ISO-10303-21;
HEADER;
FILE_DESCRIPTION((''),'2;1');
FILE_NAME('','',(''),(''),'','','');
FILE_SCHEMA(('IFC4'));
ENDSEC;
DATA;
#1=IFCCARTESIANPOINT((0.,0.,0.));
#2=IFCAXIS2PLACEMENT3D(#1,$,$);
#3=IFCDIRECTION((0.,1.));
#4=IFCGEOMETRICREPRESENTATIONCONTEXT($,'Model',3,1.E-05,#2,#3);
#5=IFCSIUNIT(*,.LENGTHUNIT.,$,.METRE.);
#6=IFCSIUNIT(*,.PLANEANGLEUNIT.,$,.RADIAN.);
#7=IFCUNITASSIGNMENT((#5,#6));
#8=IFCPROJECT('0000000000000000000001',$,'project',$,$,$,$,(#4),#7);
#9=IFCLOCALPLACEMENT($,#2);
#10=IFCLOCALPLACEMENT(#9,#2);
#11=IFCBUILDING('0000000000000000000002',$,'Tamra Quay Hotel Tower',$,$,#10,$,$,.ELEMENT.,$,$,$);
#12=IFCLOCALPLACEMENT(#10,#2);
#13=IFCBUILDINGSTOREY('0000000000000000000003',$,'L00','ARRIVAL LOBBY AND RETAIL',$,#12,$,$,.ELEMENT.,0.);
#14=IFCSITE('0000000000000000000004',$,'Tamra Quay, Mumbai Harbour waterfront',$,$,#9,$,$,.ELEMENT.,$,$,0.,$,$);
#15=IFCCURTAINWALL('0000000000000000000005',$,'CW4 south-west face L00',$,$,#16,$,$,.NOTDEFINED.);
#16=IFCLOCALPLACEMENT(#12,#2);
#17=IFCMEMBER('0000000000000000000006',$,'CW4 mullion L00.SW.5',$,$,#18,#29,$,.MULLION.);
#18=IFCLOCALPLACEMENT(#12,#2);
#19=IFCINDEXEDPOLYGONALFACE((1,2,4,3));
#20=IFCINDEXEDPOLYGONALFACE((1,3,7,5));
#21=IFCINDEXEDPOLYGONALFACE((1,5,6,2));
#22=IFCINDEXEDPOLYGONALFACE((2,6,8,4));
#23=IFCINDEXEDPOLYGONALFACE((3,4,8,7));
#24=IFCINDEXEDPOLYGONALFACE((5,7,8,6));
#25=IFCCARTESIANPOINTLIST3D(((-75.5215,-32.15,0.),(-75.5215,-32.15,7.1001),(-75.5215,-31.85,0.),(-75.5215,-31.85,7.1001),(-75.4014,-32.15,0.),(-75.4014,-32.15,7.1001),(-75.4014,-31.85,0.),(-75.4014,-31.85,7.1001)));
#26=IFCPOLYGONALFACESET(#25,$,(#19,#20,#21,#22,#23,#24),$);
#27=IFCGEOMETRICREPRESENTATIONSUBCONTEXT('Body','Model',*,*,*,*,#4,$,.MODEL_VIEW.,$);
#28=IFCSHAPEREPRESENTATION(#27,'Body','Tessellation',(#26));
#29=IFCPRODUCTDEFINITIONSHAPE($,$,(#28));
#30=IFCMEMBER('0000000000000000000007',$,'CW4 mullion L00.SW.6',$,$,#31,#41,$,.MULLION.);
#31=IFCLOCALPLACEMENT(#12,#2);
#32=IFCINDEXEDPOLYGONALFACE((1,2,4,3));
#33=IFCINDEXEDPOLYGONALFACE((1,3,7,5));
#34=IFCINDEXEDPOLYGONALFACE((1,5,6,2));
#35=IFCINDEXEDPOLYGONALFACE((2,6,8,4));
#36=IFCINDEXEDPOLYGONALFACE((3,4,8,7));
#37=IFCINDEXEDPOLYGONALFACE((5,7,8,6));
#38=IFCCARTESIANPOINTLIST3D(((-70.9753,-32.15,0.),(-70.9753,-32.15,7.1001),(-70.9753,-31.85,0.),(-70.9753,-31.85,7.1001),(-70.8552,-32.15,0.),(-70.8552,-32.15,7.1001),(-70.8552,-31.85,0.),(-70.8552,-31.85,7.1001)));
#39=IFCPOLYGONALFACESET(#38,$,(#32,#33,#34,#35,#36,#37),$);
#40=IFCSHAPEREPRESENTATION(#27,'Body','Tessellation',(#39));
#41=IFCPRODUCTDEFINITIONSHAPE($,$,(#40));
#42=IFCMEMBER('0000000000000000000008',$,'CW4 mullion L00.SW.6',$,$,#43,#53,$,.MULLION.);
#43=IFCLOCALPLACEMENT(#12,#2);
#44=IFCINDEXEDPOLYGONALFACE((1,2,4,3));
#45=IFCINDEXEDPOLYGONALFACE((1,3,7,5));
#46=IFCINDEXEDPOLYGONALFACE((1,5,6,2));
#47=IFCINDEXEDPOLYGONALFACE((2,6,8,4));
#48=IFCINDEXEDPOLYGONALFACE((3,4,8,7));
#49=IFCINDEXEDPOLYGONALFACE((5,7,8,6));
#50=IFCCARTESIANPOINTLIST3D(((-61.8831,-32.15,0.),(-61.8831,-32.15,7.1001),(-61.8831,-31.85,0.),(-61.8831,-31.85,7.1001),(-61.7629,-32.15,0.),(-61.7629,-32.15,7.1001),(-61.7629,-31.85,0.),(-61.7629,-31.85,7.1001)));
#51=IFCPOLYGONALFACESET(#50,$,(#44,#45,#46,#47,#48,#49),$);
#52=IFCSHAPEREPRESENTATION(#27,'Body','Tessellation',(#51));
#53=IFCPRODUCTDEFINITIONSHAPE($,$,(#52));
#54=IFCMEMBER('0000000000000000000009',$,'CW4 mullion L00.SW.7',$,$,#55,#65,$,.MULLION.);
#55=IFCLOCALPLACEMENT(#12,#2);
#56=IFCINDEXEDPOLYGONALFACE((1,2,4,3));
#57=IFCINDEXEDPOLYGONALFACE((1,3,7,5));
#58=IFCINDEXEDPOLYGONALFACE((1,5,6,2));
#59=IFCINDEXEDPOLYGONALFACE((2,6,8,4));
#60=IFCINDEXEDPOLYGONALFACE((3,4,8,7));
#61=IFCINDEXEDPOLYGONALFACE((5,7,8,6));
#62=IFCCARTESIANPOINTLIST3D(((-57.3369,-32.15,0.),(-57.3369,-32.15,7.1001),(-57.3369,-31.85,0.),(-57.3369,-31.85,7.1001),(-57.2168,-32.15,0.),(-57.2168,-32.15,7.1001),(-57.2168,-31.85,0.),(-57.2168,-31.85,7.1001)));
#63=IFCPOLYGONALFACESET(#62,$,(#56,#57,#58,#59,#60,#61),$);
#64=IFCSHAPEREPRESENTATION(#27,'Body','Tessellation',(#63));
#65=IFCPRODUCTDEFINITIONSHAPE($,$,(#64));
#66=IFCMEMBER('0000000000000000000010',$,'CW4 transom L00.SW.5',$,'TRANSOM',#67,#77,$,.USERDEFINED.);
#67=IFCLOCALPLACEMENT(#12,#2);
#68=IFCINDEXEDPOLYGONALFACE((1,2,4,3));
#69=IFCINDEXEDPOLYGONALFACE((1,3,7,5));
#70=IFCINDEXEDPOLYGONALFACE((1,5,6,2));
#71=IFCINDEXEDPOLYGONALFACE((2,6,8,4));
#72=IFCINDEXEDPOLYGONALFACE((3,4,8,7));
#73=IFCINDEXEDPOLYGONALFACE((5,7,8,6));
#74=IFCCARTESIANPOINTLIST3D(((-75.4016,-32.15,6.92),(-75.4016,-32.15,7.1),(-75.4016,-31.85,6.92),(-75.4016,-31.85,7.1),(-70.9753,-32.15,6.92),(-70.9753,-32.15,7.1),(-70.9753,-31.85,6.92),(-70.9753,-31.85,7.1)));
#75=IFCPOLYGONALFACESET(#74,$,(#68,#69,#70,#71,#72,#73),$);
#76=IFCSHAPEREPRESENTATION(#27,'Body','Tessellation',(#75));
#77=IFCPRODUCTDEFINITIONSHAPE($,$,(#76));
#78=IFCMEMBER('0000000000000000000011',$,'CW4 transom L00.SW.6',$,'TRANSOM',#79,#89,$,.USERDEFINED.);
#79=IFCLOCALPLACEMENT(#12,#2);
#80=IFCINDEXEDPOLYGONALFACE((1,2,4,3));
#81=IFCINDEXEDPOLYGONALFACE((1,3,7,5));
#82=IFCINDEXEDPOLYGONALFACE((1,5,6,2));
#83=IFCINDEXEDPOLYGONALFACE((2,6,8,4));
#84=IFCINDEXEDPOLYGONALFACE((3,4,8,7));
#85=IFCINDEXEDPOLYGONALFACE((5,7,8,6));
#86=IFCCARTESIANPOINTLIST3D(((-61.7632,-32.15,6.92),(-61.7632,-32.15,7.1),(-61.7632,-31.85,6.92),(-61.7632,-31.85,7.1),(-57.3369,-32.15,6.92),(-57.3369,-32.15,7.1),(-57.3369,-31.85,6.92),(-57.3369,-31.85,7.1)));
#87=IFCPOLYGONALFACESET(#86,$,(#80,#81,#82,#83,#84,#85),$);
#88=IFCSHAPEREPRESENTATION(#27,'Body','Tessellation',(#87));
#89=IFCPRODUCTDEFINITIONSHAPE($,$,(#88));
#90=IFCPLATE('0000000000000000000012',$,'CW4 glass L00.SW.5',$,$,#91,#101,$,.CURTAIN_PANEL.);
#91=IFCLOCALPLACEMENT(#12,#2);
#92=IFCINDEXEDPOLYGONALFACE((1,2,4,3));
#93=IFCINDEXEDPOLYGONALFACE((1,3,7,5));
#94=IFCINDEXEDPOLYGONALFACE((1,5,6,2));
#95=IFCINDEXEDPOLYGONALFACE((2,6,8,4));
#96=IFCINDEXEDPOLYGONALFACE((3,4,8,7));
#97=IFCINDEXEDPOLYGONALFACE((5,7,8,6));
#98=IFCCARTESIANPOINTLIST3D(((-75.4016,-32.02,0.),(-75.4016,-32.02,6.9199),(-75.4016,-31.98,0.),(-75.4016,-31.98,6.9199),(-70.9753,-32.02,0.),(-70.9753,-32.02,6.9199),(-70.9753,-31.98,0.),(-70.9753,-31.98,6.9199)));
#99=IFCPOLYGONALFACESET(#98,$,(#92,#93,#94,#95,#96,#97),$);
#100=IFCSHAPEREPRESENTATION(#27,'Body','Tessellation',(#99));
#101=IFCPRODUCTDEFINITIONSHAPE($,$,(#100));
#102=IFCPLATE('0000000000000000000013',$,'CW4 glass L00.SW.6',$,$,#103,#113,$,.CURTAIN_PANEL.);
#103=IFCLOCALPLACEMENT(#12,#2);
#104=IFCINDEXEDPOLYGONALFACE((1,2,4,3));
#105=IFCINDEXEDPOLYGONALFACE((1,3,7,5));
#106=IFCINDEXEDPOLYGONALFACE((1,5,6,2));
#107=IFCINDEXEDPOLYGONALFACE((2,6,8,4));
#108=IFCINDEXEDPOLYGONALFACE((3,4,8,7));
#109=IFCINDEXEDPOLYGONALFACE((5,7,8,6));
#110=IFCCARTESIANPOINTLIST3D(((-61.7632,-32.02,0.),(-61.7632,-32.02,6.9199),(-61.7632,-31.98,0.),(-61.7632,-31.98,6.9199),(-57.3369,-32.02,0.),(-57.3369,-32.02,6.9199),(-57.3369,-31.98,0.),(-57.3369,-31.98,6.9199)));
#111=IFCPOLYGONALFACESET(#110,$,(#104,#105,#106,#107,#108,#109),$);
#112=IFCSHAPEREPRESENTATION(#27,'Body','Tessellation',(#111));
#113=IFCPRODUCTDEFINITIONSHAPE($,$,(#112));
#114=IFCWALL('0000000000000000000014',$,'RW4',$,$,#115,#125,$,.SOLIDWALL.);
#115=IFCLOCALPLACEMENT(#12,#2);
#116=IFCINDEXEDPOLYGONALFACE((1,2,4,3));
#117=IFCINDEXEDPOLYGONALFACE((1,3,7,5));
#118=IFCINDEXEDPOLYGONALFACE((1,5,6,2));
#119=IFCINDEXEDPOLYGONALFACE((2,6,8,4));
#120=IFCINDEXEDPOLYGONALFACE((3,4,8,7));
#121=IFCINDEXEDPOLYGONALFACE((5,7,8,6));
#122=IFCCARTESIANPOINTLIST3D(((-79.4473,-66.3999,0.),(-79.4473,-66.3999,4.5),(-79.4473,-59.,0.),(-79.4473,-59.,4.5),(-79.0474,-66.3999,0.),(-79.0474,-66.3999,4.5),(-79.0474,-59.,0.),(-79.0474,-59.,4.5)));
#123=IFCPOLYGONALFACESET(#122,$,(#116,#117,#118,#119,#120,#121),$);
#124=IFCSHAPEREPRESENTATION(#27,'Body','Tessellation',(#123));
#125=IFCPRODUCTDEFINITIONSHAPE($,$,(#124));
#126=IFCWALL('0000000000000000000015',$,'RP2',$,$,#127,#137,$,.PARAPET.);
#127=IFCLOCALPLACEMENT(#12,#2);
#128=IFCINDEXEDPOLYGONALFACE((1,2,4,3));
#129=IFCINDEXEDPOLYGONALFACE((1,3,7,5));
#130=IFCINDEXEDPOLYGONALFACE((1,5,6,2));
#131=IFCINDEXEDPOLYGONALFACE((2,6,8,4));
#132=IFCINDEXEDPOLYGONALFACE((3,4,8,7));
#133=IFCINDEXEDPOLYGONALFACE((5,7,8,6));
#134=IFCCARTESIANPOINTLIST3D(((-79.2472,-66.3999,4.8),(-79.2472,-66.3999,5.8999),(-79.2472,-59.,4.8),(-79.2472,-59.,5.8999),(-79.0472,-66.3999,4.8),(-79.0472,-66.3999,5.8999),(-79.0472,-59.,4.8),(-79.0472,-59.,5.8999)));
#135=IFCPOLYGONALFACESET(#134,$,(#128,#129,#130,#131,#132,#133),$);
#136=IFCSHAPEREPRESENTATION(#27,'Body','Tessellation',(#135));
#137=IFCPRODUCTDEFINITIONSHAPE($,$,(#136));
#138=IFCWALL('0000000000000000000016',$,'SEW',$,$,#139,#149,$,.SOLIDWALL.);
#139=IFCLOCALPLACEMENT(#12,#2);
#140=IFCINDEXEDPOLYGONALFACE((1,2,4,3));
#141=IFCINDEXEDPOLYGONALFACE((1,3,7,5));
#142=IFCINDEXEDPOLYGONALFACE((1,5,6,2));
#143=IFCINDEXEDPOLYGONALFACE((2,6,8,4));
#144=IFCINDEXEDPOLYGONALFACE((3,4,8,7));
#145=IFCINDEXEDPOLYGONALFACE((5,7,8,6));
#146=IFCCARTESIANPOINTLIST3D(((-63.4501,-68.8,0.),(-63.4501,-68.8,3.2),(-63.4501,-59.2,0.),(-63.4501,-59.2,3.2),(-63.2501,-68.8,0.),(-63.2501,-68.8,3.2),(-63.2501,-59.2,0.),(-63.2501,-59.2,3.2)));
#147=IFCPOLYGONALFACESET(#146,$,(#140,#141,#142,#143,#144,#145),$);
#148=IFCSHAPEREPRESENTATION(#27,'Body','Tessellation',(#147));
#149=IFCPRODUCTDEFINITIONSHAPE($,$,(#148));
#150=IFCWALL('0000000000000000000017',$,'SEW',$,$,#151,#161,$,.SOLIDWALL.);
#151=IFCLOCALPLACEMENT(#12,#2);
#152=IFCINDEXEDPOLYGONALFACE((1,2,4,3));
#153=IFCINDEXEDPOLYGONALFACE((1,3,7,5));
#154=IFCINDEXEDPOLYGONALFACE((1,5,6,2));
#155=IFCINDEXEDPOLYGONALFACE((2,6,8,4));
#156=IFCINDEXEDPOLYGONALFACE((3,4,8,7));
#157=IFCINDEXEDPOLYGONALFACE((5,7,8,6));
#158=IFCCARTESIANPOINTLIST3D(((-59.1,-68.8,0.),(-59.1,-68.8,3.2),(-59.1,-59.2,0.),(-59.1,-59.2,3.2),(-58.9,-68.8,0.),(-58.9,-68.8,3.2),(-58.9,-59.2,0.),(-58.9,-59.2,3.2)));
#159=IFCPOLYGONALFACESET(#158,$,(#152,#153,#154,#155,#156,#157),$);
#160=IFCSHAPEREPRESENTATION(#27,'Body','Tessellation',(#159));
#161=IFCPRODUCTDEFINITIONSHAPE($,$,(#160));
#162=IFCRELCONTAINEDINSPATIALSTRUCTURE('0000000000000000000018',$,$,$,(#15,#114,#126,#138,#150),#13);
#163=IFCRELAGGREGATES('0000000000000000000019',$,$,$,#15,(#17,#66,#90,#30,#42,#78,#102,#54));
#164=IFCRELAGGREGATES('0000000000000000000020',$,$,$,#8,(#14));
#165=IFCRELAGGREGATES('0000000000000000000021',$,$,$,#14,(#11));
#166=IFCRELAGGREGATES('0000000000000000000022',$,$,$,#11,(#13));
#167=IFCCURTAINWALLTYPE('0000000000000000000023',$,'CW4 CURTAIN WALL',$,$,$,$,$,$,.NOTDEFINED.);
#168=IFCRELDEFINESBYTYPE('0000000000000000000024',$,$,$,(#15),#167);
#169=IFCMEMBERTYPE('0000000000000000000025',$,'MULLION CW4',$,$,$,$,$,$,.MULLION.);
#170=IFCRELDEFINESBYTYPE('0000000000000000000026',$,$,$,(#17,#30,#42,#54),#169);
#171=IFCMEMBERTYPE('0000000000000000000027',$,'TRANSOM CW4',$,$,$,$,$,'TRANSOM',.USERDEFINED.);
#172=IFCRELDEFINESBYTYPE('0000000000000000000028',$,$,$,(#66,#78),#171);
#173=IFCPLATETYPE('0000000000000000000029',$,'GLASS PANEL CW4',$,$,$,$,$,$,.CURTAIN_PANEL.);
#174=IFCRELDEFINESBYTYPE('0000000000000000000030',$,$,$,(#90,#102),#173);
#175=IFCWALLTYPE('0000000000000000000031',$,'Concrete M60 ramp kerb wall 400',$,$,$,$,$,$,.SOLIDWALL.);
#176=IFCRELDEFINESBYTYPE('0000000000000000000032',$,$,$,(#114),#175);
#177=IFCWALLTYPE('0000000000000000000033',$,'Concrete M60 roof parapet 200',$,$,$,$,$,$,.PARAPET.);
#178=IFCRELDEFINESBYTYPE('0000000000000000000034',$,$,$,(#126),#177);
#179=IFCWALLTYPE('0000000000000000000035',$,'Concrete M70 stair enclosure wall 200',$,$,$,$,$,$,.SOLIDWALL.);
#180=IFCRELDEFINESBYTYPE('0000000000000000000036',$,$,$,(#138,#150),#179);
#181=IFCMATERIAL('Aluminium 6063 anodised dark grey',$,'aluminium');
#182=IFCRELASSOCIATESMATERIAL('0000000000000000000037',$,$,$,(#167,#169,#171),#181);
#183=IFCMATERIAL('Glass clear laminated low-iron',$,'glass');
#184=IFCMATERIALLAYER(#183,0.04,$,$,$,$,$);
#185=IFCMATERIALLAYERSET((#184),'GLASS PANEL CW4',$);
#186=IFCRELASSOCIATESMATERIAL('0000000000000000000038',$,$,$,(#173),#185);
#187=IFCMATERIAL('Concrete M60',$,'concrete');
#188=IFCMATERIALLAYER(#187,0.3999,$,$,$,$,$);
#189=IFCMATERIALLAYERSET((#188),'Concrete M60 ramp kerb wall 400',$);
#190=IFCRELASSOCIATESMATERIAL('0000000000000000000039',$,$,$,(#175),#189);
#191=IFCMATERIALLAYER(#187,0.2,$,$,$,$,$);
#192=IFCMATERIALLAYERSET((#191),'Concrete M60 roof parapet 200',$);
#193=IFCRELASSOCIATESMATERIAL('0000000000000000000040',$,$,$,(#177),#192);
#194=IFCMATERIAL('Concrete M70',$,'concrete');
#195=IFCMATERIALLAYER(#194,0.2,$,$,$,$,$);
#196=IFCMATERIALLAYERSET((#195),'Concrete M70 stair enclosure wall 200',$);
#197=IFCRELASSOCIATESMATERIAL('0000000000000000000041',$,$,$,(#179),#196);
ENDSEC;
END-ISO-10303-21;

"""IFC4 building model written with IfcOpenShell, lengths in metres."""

from ifc_helpers import new_model, si_unit, direction, frame, frame_2d, origin, origin_2d, place, context, subcontext, project, spatial, rectangle, extrude, material, layer, layer_set, material_profile, profile_set, type_object, element, aggregate, save


model = new_model("IFC4")

# Units and contexts
model_context = context("Model", 3, precision=1e-05, world=origin(), true_north=direction((0.0, 1.0)))
body_context = subcontext(model_context, "Body", "Model", "MODEL_VIEW")
ifc_project = project(units=[si_unit("LENGTHUNIT", "METRE"), si_unit("PLANEANGLEUNIT", "RADIAN")], contexts=[model_context])

# Site, building, storey
site_placement = place(None, origin())
site = spatial("IfcSite", under=ifc_project, at=site_placement, Name="Tamra Quay, Mumbai Harbour waterfront", CompositionType="ELEMENT", RefElevation=0.0)
building_placement = place(site_placement, origin())
building = spatial("IfcBuilding", under=site, at=building_placement, Name="Tamra Quay Hotel Tower", CompositionType="ELEMENT")
storey_placement = place(building_placement, origin())
storey = spatial("IfcBuildingStorey", under=building, at=storey_placement, Name="L00", Description="ARRIVAL LOBBY AND RETAIL", CompositionType="ELEMENT", Elevation=0.0)

# Curtain wall, members, plates
ifc_material_1 = material(Name="Aluminium 6063 anodised dark grey", Category="aluminium")
curtain_wall_type = type_object("IfcCurtainWallType", Name="CW4 CURTAIN WALL", PredefinedType="NOTDEFINED", material=ifc_material_1)
curtain_wall_placement = place(storey_placement, origin())
curtain_wall = element("IfcCurtainWall", 1, at=curtain_wall_placement, inside=storey, type_object=curtain_wall_type, Name="CW4 south-west face L00", PredefinedType="NOTDEFINED")
ifc_material_profile_1 = material_profile(ifc_material_1, rectangle(XDim=0.3, YDim=0.1201, at=origin_2d()), Name="MULLION 120X300")
ifc_profile_set_1 = profile_set([ifc_material_profile_1], Name="Aluminium 6063 anodised dark grey")
member_type_1 = type_object("IfcMemberType", Name="MULLION CW4", PredefinedType="MULLION", material=ifc_profile_set_1)
member_1_placement = place(storey_placement, frame((-75.4614, -32.0, 0.0), z_axis=(0.0, 0.0, 1.0), x_axis=(0.0, -1.0, 0.0)))
member_1 = element("IfcMember", 2, at=member_1_placement, type_object=member_type_1, Name="CW4 mullion L00.SW.5", PredefinedType="MULLION", context=body_context, shape_type="SweptSolid", body=[
    extrude(rectangle(XDim=0.3, YDim=0.1201, at=origin_2d()), origin(), (0.0, 0.0, 1.0), 7.1001),
])
member_2_placement = place(storey_placement, frame((-70.9153, -32.0, 0.0), z_axis=(0.0, 0.0, 1.0), x_axis=(0.0, -1.0, 0.0)))
member_2 = element("IfcMember", 3, at=member_2_placement, type_object=member_type_1, Name="CW4 mullion L00.SW.6", PredefinedType="MULLION", context=body_context, shape_type="SweptSolid", body=[
    extrude(rectangle(XDim=0.3, YDim=0.1201, at=origin_2d()), origin(), (0.0, 0.0, 1.0), 7.1001),
])
member_3_placement = place(storey_placement, frame((-61.823, -32.0, 0.0), z_axis=(0.0, 0.0, 1.0), x_axis=(0.0, -1.0, 0.0)))
member_3 = element("IfcMember", 4, at=member_3_placement, type_object=member_type_1, Name="CW4 mullion L00.SW.6", PredefinedType="MULLION", context=body_context, shape_type="SweptSolid", body=[
    extrude(rectangle(XDim=0.3, YDim=0.1201, at=origin_2d()), origin(), (0.0, 0.0, 1.0), 7.1001),
])
member_4_placement = place(storey_placement, frame((-57.2769, -32.0, 0.0), z_axis=(0.0, 0.0, 1.0), x_axis=(0.0, -1.0, 0.0)))
member_4 = element("IfcMember", 5, at=member_4_placement, type_object=member_type_1, Name="CW4 mullion L00.SW.7", PredefinedType="MULLION", context=body_context, shape_type="SweptSolid", body=[
    extrude(rectangle(XDim=0.3, YDim=0.1201, at=origin_2d()), origin(), (0.0, 0.0, 1.0), 7.1001),
])
ifc_material_profile_2 = material_profile(ifc_material_1, rectangle(XDim=0.3, YDim=0.1799, at=origin_2d()), Name="TRANSOM 300X180")
ifc_profile_set_2 = profile_set([ifc_material_profile_2], Name="Aluminium 6063 anodised dark grey")
member_type_2 = type_object("IfcMemberType", Name="TRANSOM CW4", ElementType="TRANSOM", PredefinedType="USERDEFINED", material=ifc_profile_set_2)
member_5_placement = place(storey_placement, frame((-75.4016, -32.0, 7.01), z_axis=(1.0, 0.0, 0.0), x_axis=(0.0, 1.0, 0.0)))
member_5 = element("IfcMember", 6, at=member_5_placement, type_object=member_type_2, Name="CW4 transom L00.SW.5", ObjectType="TRANSOM", PredefinedType="USERDEFINED", context=body_context, shape_type="SweptSolid", body=[
    extrude(rectangle(XDim=0.3, YDim=0.1799, at=origin_2d()), origin(), (0.0, 0.0, 1.0), 4.4263),
])
member_6_placement = place(storey_placement, frame((-61.7632, -32.0, 7.01), z_axis=(1.0, 0.0, 0.0), x_axis=(0.0, 1.0, 0.0)))
member_6 = element("IfcMember", 7, at=member_6_placement, type_object=member_type_2, Name="CW4 transom L00.SW.6", ObjectType="TRANSOM", PredefinedType="USERDEFINED", context=body_context, shape_type="SweptSolid", body=[
    extrude(rectangle(XDim=0.3, YDim=0.1799, at=origin_2d()), origin(), (0.0, 0.0, 1.0), 4.4263),
])
ifc_material_2 = material(Name="Glass clear laminated low-iron", Category="glass")
ifc_layer_1 = layer(ifc_material_2, 0.04)
ifc_layer_set_1 = layer_set([ifc_layer_1], Name="GLASS PANEL CW4")
plate_type = type_object("IfcPlateType", Name="GLASS PANEL CW4", PredefinedType="CURTAIN_PANEL", material=ifc_layer_set_1)
plate_1_placement = place(storey_placement, frame((-73.1885, -32.0, 0.0), z_axis=(0.0, 0.0, 1.0), x_axis=(1.0, 0.0, 0.0)))
plate_1 = element("IfcPlate", 8, at=plate_1_placement, type_object=plate_type, Name="CW4 glass L00.SW.5", PredefinedType="CURTAIN_PANEL", context=body_context, shape_type="SweptSolid", body=[
    extrude(rectangle(XDim=4.4263, YDim=0.04, at=origin_2d()), origin(), (0.0, 0.0, 1.0), 6.9199),
])
plate_2_placement = place(storey_placement, frame((-59.55, -32.0, 0.0), z_axis=(0.0, 0.0, 1.0), x_axis=(1.0, 0.0, 0.0)))
plate_2 = element("IfcPlate", 9, at=plate_2_placement, type_object=plate_type, Name="CW4 glass L00.SW.6", PredefinedType="CURTAIN_PANEL", context=body_context, shape_type="SweptSolid", body=[
    extrude(rectangle(XDim=4.4263, YDim=0.04, at=origin_2d()), origin(), (0.0, 0.0, 1.0), 6.9199),
])
aggregate(curtain_wall, [member_1, member_5, plate_1, member_2, member_3, member_6, plate_2, member_4])

# Walls
ifc_material_3 = material(Name="Concrete M60", Category="concrete")
ifc_layer_2 = layer(ifc_material_3, 0.3999)
ifc_layer_set_2 = layer_set([ifc_layer_2], Name="Concrete M60 ramp kerb wall 400")
wall_type_1 = type_object("IfcWallType", Name="Concrete M60 ramp kerb wall 400", PredefinedType="SOLIDWALL", material=ifc_layer_set_2)
wall_1_placement = place(storey_placement, frame((-79.2473, -66.3999, 0.0), z_axis=(0.0, 0.0, 1.0), x_axis=(0.0, 1.0, 0.0)))
element("IfcWall", 10, at=wall_1_placement, inside=storey, type_object=wall_type_1, Name="RW4", PredefinedType="SOLIDWALL", context=body_context, shape_type="SweptSolid", body=[
    extrude(rectangle(XDim=7.3999, YDim=0.3999, at=frame_2d((3.7, 0.0))), origin(), (0.0, 0.0, 1.0), 4.5),
])
ifc_layer_3 = layer(ifc_material_3, 0.2)
ifc_layer_set_3 = layer_set([ifc_layer_3], Name="Concrete M60 roof parapet 200")
wall_type_2 = type_object("IfcWallType", Name="Concrete M60 roof parapet 200", PredefinedType="PARAPET", material=ifc_layer_set_3)
wall_2_placement = place(storey_placement, frame((-79.1472, -66.3999, 4.8), z_axis=(0.0, 0.0, 1.0), x_axis=(0.0, 1.0, 0.0)))
element("IfcWall", 11, at=wall_2_placement, inside=storey, type_object=wall_type_2, Name="RP2", PredefinedType="PARAPET", context=body_context, shape_type="SweptSolid", body=[
    extrude(rectangle(XDim=7.3999, YDim=0.2, at=frame_2d((3.7, 0.0))), origin(), (0.0, 0.0, 1.0), 1.0999),
])
ifc_material_4 = material(Name="Concrete M70", Category="concrete")
ifc_layer_4 = layer(ifc_material_4, 0.2)
ifc_layer_set_4 = layer_set([ifc_layer_4], Name="Concrete M70 stair enclosure wall 200")
wall_type_3 = type_object("IfcWallType", Name="Concrete M70 stair enclosure wall 200", PredefinedType="SOLIDWALL", material=ifc_layer_set_4)
for number, where, z_axis, x_axis, name in (
    (12, (-63.3501, -68.8, 0.0), (0.0, 0.0, 1.0), (0.0, 1.0, 0.0), "SEW"),
    (13, (-59.0, -68.8, 0.0), (0.0, 0.0, 1.0), (0.0, 1.0, 0.0), "SEW"),
):
    element("IfcWall", number, at=place(storey_placement, frame(where, z_axis=z_axis, x_axis=x_axis)), inside=storey, type_object=wall_type_3, Name=name, PredefinedType="SOLIDWALL", context=body_context, shape_type="SweptSolid", body=[
        extrude(rectangle(XDim=9.6001, YDim=0.2, at=frame_2d((4.8, 0.0))), origin(), (0.0, 0.0, 1.0), 3.2),
    ])

save(model, "model.ifc")
